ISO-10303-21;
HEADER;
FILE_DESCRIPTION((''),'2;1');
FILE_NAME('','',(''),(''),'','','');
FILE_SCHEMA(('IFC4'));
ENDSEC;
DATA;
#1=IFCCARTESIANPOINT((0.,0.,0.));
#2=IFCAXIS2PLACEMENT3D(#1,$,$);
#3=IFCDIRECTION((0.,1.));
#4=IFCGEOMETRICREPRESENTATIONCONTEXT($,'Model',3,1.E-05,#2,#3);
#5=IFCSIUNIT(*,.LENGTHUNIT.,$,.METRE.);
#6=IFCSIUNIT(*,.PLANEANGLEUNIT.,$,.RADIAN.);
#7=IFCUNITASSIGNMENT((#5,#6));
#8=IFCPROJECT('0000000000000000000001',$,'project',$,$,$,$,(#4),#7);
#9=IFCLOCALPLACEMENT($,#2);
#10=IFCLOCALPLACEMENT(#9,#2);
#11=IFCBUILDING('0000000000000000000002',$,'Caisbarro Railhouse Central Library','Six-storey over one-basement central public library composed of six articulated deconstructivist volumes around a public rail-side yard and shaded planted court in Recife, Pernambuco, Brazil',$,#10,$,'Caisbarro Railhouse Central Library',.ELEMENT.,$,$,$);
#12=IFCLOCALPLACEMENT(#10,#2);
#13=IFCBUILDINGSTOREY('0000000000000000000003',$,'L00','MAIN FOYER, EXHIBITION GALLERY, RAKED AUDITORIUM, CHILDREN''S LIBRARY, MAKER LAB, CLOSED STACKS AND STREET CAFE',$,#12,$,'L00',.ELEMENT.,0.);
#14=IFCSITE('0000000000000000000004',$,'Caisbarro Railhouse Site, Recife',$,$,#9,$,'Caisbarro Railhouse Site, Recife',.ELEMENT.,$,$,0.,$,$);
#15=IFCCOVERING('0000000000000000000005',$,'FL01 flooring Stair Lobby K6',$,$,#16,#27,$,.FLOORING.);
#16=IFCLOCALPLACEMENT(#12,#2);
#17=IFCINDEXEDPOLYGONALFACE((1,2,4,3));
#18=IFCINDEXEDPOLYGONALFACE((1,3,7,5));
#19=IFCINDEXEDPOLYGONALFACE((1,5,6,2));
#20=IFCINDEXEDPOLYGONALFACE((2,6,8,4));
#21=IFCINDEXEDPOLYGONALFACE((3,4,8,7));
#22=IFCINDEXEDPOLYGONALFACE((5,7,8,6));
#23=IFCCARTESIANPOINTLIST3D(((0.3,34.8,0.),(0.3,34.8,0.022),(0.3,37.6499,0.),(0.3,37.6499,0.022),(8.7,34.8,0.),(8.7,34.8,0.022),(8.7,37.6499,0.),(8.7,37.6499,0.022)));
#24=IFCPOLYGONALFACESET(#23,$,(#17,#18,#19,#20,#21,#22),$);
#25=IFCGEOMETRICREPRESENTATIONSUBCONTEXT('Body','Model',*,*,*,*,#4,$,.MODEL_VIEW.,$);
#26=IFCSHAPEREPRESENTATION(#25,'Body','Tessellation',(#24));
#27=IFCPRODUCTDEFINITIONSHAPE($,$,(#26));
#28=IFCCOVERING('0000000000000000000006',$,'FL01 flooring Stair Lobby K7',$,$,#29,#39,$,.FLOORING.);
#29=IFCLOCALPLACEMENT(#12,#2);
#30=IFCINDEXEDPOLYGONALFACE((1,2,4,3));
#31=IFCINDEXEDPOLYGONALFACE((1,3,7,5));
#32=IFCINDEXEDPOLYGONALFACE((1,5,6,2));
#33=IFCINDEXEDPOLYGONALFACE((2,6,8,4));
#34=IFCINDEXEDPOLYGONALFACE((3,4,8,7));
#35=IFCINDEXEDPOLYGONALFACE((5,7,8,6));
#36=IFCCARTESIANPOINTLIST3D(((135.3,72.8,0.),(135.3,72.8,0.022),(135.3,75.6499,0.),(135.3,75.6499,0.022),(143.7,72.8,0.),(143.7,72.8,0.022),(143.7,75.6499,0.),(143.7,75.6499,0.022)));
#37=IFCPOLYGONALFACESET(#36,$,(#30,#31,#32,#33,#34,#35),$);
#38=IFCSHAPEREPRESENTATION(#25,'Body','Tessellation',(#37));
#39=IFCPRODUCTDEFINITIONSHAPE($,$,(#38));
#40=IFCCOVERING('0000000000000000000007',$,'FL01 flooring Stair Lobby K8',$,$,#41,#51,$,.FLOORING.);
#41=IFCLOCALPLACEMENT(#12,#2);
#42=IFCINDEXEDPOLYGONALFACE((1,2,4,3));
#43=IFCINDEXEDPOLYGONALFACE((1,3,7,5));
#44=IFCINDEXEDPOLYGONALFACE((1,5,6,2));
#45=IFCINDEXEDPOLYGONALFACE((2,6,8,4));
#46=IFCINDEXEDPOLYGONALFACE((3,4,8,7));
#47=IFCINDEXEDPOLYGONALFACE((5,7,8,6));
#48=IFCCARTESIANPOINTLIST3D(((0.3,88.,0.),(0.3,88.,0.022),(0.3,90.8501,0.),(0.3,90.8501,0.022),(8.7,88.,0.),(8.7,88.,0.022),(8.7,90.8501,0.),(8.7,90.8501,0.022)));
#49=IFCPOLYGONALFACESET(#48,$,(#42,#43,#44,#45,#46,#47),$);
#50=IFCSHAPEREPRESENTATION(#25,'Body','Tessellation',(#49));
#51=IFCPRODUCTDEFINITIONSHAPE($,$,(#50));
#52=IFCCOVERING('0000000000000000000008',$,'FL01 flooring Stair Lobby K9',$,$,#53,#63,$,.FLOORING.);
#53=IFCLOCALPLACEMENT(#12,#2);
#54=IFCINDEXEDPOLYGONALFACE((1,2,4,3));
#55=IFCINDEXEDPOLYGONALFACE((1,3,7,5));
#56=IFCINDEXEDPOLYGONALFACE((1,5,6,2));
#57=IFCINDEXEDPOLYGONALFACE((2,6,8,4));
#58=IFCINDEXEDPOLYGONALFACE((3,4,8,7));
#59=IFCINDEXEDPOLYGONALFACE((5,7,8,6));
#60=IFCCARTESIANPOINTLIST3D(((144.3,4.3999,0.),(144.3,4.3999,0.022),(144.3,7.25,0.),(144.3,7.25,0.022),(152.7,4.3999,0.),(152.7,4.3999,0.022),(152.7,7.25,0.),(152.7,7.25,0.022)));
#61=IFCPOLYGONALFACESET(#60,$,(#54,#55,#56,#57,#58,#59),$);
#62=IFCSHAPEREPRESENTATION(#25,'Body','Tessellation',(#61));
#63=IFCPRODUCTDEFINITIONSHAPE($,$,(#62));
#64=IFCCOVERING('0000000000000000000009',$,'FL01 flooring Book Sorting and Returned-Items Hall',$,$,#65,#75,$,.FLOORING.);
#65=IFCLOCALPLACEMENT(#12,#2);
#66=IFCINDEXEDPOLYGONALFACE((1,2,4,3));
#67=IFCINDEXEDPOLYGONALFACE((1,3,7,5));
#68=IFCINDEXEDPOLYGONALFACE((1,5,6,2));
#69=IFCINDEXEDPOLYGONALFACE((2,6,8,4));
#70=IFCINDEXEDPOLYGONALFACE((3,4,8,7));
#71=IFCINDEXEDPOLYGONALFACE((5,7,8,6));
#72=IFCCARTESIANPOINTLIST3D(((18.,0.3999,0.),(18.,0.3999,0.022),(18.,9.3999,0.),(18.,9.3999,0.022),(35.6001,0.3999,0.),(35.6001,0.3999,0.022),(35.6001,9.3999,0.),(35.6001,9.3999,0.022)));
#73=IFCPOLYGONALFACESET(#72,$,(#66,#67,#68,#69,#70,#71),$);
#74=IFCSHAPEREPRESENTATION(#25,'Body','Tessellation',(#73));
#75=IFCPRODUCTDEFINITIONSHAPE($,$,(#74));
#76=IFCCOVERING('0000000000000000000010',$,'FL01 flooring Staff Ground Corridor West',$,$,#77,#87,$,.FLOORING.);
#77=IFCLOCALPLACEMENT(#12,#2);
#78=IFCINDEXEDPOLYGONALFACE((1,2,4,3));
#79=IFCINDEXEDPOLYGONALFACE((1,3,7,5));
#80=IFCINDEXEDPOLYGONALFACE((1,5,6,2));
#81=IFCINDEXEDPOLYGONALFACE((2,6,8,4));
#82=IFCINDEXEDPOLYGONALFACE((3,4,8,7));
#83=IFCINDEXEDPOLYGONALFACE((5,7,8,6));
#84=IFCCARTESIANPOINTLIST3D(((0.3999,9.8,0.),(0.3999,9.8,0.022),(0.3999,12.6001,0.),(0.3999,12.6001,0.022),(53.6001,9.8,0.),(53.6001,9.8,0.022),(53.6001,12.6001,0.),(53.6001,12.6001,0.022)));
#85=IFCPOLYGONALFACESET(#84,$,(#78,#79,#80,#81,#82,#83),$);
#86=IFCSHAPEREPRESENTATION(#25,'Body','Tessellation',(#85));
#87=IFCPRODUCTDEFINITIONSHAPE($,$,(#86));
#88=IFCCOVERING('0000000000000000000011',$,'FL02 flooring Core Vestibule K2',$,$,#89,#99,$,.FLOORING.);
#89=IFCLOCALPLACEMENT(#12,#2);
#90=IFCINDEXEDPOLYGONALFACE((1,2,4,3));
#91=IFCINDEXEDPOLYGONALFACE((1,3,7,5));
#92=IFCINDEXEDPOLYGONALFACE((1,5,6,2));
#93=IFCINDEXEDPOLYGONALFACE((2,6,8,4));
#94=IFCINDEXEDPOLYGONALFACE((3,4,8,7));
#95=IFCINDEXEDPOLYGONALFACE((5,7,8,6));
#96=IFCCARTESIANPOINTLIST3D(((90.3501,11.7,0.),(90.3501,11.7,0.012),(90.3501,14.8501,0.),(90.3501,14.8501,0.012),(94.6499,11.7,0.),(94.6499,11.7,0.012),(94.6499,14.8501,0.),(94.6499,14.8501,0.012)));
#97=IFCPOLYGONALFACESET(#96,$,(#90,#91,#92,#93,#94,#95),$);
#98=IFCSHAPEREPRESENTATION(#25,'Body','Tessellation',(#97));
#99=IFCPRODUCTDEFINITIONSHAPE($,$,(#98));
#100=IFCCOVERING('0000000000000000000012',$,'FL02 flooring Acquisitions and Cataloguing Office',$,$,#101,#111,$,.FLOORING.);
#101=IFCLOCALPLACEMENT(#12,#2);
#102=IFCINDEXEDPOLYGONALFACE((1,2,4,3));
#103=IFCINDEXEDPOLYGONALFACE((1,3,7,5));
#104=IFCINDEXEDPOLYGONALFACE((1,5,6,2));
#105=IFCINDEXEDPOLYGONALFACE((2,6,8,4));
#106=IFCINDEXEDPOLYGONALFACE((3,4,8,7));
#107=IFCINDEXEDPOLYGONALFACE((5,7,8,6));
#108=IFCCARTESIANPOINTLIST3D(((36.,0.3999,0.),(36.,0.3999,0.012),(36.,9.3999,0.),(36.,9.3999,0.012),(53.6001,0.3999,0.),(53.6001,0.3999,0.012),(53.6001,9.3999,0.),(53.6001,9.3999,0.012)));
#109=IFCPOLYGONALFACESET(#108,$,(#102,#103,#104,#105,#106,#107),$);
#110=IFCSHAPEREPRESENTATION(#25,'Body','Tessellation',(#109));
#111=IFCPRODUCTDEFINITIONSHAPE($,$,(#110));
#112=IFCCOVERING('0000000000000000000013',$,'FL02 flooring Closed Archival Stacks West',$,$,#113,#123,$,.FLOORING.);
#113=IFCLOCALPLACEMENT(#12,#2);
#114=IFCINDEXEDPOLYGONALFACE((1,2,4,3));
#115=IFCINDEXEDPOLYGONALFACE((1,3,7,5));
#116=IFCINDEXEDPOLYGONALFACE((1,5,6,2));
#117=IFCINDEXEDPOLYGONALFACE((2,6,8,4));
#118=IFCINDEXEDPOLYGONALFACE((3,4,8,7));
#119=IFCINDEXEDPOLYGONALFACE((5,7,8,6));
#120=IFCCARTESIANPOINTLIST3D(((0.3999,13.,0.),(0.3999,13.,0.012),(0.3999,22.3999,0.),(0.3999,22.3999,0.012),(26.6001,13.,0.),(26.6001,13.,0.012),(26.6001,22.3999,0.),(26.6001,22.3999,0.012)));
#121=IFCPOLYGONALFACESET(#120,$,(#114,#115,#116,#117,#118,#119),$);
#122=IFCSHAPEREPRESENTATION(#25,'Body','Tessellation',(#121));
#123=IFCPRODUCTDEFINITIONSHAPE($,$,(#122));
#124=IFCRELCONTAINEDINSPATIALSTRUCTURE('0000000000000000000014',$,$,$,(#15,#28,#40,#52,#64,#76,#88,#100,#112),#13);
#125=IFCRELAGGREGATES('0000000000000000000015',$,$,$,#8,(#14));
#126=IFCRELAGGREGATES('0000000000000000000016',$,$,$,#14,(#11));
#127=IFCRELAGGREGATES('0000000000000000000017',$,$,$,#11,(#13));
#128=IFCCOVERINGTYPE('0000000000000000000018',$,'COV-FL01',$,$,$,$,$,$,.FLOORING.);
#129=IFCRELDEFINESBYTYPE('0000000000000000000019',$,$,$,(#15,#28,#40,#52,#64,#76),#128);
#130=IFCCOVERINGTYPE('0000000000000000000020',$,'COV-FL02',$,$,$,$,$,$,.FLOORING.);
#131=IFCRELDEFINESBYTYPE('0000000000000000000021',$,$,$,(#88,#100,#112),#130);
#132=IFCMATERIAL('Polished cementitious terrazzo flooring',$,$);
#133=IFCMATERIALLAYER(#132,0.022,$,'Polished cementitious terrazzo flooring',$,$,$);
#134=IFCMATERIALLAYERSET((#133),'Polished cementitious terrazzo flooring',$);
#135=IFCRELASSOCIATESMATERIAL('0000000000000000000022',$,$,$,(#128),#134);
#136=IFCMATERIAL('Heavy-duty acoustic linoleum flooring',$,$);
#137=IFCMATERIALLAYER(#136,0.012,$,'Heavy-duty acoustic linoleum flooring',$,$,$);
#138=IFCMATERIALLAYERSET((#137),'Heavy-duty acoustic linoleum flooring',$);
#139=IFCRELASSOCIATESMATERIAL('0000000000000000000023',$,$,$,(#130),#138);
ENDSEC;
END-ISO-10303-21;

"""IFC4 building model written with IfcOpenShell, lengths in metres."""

from ifc_helpers import new_model, si_unit, direction, origin, place, context, subcontext, project, spatial, polyline, outline, extrude, material, layer, layer_set, type_object, element, save


model = new_model("IFC4")

# Units and contexts
model_context = context("Model", 3, precision=1e-05, world=origin(), true_north=direction((0.0, 1.0)))
body_context = subcontext(model_context, "Body", "Model", "MODEL_VIEW")
ifc_project = project(units=[si_unit("LENGTHUNIT", "METRE"), si_unit("PLANEANGLEUNIT", "RADIAN")], contexts=[model_context])

# Site, building, storey
site_placement = place(None, origin())
site = spatial("IfcSite", under=ifc_project, at=site_placement, Name="Caisbarro Railhouse Site, Recife", LongName="Caisbarro Railhouse Site, Recife", CompositionType="ELEMENT", RefElevation=0.0)
building_placement = place(site_placement, origin())
building = spatial("IfcBuilding", under=site, at=building_placement, Name="Caisbarro Railhouse Central Library", Description="Six-storey over one-basement central public library composed of six articulated deconstructivist volumes around a public rail-side yard and shaded planted court in Recife, Pernambuco, Brazil", LongName="Caisbarro Railhouse Central Library", CompositionType="ELEMENT")
storey_placement = place(building_placement, origin())
storey = spatial("IfcBuildingStorey", under=building, at=storey_placement, Name="L00", Description="MAIN FOYER, EXHIBITION GALLERY, RAKED AUDITORIUM, CHILDREN'S LIBRARY, MAKER LAB, CLOSED STACKS AND STREET CAFE", LongName="L00", CompositionType="ELEMENT", Elevation=0.0)

# Coverings
ifc_material_1 = material(Name="Polished cementitious terrazzo flooring")
ifc_layer_1 = layer(ifc_material_1, 0.022, Name="Polished cementitious terrazzo flooring")
ifc_layer_set_1 = layer_set([ifc_layer_1], Name="Polished cementitious terrazzo flooring")
covering_type_1 = type_object("IfcCoveringType", Name="COV-FL01", PredefinedType="FLOORING", material=ifc_layer_set_1)
covering_1_placement = place(storey_placement, origin())
element("IfcCovering", 1, at=covering_1_placement, inside=storey, type_object=covering_type_1, Name="FL01 flooring Stair Lobby K6", PredefinedType="FLOORING", context=body_context, shape_type="SweptSolid", body=[
    extrude(outline(polyline([(0.3, 34.8), (8.7, 34.8), (8.7, 37.6499), (0.3, 37.6499), (0.3, 34.8)])), origin(), (0.0, 0.0, 1.0), 0.022),
])
covering_2_placement = place(storey_placement, origin())
element("IfcCovering", 2, at=covering_2_placement, inside=storey, type_object=covering_type_1, Name="FL01 flooring Stair Lobby K7", PredefinedType="FLOORING", context=body_context, shape_type="SweptSolid", body=[
    extrude(outline(polyline([(135.3, 72.8), (143.7, 72.8), (143.7, 75.6499), (135.3, 75.6499), (135.3, 72.8)])), origin(), (0.0, 0.0, 1.0), 0.022),
])
covering_3_placement = place(storey_placement, origin())
element("IfcCovering", 3, at=covering_3_placement, inside=storey, type_object=covering_type_1, Name="FL01 flooring Stair Lobby K8", PredefinedType="FLOORING", context=body_context, shape_type="SweptSolid", body=[
    extrude(outline(polyline([(0.3, 88.0), (8.7, 88.0), (8.7, 90.8501), (0.3, 90.8501), (0.3, 88.0)])), origin(), (0.0, 0.0, 1.0), 0.022),
])
covering_4_placement = place(storey_placement, origin())
element("IfcCovering", 4, at=covering_4_placement, inside=storey, type_object=covering_type_1, Name="FL01 flooring Stair Lobby K9", PredefinedType="FLOORING", context=body_context, shape_type="SweptSolid", body=[
    extrude(outline(polyline([(144.3, 4.3999), (152.7, 4.3999), (152.7, 7.25), (144.3, 7.25), (144.3, 4.3999)])), origin(), (0.0, 0.0, 1.0), 0.022),
])
covering_5_placement = place(storey_placement, origin())
element("IfcCovering", 5, at=covering_5_placement, inside=storey, type_object=covering_type_1, Name="FL01 flooring Book Sorting and Returned-Items Hall", PredefinedType="FLOORING", context=body_context, shape_type="SweptSolid", body=[
    extrude(outline(polyline([(18.0, 0.3999), (35.6001, 0.3999), (35.6001, 9.3999), (18.0, 9.3999), (18.0, 0.3999)])), origin(), (0.0, 0.0, 1.0), 0.022),
])
covering_6_placement = place(storey_placement, origin())
element("IfcCovering", 6, at=covering_6_placement, inside=storey, type_object=covering_type_1, Name="FL01 flooring Staff Ground Corridor West", PredefinedType="FLOORING", context=body_context, shape_type="SweptSolid", body=[
    extrude(outline(polyline([(0.3999, 9.8), (53.6001, 9.8), (53.6001, 12.6001), (0.3999, 12.6001), (0.3999, 9.8)])), origin(), (0.0, 0.0, 1.0), 0.022),
])
ifc_material_2 = material(Name="Heavy-duty acoustic linoleum flooring")
ifc_layer_2 = layer(ifc_material_2, 0.012, Name="Heavy-duty acoustic linoleum flooring")
ifc_layer_set_2 = layer_set([ifc_layer_2], Name="Heavy-duty acoustic linoleum flooring")
covering_type_2 = type_object("IfcCoveringType", Name="COV-FL02", PredefinedType="FLOORING", material=ifc_layer_set_2)
covering_7_placement = place(storey_placement, origin())
element("IfcCovering", 7, at=covering_7_placement, inside=storey, type_object=covering_type_2, Name="FL02 flooring Core Vestibule K2", PredefinedType="FLOORING", context=body_context, shape_type="SweptSolid", body=[
    extrude(outline(polyline([(90.3501, 11.7), (94.6499, 11.7), (94.6499, 14.8501), (90.3501, 14.8501), (90.3501, 11.7)])), origin(), (0.0, 0.0, 1.0), 0.012),
])
covering_8_placement = place(storey_placement, origin())
element("IfcCovering", 8, at=covering_8_placement, inside=storey, type_object=covering_type_2, Name="FL02 flooring Acquisitions and Cataloguing Office", PredefinedType="FLOORING", context=body_context, shape_type="SweptSolid", body=[
    extrude(outline(polyline([(36.0, 0.3999), (53.6001, 0.3999), (53.6001, 9.3999), (36.0, 9.3999), (36.0, 0.3999)])), origin(), (0.0, 0.0, 1.0), 0.012),
])
covering_9_placement = place(storey_placement, origin())
element("IfcCovering", 9, at=covering_9_placement, inside=storey, type_object=covering_type_2, Name="FL02 flooring Closed Archival Stacks West", PredefinedType="FLOORING", context=body_context, shape_type="SweptSolid", body=[
    extrude(outline(polyline([(0.3999, 13.0), (26.6001, 13.0), (26.6001, 22.3999), (0.3999, 22.3999), (0.3999, 13.0)])), origin(), (0.0, 0.0, 1.0), 0.012),
])

save(model, "model.ifc")
